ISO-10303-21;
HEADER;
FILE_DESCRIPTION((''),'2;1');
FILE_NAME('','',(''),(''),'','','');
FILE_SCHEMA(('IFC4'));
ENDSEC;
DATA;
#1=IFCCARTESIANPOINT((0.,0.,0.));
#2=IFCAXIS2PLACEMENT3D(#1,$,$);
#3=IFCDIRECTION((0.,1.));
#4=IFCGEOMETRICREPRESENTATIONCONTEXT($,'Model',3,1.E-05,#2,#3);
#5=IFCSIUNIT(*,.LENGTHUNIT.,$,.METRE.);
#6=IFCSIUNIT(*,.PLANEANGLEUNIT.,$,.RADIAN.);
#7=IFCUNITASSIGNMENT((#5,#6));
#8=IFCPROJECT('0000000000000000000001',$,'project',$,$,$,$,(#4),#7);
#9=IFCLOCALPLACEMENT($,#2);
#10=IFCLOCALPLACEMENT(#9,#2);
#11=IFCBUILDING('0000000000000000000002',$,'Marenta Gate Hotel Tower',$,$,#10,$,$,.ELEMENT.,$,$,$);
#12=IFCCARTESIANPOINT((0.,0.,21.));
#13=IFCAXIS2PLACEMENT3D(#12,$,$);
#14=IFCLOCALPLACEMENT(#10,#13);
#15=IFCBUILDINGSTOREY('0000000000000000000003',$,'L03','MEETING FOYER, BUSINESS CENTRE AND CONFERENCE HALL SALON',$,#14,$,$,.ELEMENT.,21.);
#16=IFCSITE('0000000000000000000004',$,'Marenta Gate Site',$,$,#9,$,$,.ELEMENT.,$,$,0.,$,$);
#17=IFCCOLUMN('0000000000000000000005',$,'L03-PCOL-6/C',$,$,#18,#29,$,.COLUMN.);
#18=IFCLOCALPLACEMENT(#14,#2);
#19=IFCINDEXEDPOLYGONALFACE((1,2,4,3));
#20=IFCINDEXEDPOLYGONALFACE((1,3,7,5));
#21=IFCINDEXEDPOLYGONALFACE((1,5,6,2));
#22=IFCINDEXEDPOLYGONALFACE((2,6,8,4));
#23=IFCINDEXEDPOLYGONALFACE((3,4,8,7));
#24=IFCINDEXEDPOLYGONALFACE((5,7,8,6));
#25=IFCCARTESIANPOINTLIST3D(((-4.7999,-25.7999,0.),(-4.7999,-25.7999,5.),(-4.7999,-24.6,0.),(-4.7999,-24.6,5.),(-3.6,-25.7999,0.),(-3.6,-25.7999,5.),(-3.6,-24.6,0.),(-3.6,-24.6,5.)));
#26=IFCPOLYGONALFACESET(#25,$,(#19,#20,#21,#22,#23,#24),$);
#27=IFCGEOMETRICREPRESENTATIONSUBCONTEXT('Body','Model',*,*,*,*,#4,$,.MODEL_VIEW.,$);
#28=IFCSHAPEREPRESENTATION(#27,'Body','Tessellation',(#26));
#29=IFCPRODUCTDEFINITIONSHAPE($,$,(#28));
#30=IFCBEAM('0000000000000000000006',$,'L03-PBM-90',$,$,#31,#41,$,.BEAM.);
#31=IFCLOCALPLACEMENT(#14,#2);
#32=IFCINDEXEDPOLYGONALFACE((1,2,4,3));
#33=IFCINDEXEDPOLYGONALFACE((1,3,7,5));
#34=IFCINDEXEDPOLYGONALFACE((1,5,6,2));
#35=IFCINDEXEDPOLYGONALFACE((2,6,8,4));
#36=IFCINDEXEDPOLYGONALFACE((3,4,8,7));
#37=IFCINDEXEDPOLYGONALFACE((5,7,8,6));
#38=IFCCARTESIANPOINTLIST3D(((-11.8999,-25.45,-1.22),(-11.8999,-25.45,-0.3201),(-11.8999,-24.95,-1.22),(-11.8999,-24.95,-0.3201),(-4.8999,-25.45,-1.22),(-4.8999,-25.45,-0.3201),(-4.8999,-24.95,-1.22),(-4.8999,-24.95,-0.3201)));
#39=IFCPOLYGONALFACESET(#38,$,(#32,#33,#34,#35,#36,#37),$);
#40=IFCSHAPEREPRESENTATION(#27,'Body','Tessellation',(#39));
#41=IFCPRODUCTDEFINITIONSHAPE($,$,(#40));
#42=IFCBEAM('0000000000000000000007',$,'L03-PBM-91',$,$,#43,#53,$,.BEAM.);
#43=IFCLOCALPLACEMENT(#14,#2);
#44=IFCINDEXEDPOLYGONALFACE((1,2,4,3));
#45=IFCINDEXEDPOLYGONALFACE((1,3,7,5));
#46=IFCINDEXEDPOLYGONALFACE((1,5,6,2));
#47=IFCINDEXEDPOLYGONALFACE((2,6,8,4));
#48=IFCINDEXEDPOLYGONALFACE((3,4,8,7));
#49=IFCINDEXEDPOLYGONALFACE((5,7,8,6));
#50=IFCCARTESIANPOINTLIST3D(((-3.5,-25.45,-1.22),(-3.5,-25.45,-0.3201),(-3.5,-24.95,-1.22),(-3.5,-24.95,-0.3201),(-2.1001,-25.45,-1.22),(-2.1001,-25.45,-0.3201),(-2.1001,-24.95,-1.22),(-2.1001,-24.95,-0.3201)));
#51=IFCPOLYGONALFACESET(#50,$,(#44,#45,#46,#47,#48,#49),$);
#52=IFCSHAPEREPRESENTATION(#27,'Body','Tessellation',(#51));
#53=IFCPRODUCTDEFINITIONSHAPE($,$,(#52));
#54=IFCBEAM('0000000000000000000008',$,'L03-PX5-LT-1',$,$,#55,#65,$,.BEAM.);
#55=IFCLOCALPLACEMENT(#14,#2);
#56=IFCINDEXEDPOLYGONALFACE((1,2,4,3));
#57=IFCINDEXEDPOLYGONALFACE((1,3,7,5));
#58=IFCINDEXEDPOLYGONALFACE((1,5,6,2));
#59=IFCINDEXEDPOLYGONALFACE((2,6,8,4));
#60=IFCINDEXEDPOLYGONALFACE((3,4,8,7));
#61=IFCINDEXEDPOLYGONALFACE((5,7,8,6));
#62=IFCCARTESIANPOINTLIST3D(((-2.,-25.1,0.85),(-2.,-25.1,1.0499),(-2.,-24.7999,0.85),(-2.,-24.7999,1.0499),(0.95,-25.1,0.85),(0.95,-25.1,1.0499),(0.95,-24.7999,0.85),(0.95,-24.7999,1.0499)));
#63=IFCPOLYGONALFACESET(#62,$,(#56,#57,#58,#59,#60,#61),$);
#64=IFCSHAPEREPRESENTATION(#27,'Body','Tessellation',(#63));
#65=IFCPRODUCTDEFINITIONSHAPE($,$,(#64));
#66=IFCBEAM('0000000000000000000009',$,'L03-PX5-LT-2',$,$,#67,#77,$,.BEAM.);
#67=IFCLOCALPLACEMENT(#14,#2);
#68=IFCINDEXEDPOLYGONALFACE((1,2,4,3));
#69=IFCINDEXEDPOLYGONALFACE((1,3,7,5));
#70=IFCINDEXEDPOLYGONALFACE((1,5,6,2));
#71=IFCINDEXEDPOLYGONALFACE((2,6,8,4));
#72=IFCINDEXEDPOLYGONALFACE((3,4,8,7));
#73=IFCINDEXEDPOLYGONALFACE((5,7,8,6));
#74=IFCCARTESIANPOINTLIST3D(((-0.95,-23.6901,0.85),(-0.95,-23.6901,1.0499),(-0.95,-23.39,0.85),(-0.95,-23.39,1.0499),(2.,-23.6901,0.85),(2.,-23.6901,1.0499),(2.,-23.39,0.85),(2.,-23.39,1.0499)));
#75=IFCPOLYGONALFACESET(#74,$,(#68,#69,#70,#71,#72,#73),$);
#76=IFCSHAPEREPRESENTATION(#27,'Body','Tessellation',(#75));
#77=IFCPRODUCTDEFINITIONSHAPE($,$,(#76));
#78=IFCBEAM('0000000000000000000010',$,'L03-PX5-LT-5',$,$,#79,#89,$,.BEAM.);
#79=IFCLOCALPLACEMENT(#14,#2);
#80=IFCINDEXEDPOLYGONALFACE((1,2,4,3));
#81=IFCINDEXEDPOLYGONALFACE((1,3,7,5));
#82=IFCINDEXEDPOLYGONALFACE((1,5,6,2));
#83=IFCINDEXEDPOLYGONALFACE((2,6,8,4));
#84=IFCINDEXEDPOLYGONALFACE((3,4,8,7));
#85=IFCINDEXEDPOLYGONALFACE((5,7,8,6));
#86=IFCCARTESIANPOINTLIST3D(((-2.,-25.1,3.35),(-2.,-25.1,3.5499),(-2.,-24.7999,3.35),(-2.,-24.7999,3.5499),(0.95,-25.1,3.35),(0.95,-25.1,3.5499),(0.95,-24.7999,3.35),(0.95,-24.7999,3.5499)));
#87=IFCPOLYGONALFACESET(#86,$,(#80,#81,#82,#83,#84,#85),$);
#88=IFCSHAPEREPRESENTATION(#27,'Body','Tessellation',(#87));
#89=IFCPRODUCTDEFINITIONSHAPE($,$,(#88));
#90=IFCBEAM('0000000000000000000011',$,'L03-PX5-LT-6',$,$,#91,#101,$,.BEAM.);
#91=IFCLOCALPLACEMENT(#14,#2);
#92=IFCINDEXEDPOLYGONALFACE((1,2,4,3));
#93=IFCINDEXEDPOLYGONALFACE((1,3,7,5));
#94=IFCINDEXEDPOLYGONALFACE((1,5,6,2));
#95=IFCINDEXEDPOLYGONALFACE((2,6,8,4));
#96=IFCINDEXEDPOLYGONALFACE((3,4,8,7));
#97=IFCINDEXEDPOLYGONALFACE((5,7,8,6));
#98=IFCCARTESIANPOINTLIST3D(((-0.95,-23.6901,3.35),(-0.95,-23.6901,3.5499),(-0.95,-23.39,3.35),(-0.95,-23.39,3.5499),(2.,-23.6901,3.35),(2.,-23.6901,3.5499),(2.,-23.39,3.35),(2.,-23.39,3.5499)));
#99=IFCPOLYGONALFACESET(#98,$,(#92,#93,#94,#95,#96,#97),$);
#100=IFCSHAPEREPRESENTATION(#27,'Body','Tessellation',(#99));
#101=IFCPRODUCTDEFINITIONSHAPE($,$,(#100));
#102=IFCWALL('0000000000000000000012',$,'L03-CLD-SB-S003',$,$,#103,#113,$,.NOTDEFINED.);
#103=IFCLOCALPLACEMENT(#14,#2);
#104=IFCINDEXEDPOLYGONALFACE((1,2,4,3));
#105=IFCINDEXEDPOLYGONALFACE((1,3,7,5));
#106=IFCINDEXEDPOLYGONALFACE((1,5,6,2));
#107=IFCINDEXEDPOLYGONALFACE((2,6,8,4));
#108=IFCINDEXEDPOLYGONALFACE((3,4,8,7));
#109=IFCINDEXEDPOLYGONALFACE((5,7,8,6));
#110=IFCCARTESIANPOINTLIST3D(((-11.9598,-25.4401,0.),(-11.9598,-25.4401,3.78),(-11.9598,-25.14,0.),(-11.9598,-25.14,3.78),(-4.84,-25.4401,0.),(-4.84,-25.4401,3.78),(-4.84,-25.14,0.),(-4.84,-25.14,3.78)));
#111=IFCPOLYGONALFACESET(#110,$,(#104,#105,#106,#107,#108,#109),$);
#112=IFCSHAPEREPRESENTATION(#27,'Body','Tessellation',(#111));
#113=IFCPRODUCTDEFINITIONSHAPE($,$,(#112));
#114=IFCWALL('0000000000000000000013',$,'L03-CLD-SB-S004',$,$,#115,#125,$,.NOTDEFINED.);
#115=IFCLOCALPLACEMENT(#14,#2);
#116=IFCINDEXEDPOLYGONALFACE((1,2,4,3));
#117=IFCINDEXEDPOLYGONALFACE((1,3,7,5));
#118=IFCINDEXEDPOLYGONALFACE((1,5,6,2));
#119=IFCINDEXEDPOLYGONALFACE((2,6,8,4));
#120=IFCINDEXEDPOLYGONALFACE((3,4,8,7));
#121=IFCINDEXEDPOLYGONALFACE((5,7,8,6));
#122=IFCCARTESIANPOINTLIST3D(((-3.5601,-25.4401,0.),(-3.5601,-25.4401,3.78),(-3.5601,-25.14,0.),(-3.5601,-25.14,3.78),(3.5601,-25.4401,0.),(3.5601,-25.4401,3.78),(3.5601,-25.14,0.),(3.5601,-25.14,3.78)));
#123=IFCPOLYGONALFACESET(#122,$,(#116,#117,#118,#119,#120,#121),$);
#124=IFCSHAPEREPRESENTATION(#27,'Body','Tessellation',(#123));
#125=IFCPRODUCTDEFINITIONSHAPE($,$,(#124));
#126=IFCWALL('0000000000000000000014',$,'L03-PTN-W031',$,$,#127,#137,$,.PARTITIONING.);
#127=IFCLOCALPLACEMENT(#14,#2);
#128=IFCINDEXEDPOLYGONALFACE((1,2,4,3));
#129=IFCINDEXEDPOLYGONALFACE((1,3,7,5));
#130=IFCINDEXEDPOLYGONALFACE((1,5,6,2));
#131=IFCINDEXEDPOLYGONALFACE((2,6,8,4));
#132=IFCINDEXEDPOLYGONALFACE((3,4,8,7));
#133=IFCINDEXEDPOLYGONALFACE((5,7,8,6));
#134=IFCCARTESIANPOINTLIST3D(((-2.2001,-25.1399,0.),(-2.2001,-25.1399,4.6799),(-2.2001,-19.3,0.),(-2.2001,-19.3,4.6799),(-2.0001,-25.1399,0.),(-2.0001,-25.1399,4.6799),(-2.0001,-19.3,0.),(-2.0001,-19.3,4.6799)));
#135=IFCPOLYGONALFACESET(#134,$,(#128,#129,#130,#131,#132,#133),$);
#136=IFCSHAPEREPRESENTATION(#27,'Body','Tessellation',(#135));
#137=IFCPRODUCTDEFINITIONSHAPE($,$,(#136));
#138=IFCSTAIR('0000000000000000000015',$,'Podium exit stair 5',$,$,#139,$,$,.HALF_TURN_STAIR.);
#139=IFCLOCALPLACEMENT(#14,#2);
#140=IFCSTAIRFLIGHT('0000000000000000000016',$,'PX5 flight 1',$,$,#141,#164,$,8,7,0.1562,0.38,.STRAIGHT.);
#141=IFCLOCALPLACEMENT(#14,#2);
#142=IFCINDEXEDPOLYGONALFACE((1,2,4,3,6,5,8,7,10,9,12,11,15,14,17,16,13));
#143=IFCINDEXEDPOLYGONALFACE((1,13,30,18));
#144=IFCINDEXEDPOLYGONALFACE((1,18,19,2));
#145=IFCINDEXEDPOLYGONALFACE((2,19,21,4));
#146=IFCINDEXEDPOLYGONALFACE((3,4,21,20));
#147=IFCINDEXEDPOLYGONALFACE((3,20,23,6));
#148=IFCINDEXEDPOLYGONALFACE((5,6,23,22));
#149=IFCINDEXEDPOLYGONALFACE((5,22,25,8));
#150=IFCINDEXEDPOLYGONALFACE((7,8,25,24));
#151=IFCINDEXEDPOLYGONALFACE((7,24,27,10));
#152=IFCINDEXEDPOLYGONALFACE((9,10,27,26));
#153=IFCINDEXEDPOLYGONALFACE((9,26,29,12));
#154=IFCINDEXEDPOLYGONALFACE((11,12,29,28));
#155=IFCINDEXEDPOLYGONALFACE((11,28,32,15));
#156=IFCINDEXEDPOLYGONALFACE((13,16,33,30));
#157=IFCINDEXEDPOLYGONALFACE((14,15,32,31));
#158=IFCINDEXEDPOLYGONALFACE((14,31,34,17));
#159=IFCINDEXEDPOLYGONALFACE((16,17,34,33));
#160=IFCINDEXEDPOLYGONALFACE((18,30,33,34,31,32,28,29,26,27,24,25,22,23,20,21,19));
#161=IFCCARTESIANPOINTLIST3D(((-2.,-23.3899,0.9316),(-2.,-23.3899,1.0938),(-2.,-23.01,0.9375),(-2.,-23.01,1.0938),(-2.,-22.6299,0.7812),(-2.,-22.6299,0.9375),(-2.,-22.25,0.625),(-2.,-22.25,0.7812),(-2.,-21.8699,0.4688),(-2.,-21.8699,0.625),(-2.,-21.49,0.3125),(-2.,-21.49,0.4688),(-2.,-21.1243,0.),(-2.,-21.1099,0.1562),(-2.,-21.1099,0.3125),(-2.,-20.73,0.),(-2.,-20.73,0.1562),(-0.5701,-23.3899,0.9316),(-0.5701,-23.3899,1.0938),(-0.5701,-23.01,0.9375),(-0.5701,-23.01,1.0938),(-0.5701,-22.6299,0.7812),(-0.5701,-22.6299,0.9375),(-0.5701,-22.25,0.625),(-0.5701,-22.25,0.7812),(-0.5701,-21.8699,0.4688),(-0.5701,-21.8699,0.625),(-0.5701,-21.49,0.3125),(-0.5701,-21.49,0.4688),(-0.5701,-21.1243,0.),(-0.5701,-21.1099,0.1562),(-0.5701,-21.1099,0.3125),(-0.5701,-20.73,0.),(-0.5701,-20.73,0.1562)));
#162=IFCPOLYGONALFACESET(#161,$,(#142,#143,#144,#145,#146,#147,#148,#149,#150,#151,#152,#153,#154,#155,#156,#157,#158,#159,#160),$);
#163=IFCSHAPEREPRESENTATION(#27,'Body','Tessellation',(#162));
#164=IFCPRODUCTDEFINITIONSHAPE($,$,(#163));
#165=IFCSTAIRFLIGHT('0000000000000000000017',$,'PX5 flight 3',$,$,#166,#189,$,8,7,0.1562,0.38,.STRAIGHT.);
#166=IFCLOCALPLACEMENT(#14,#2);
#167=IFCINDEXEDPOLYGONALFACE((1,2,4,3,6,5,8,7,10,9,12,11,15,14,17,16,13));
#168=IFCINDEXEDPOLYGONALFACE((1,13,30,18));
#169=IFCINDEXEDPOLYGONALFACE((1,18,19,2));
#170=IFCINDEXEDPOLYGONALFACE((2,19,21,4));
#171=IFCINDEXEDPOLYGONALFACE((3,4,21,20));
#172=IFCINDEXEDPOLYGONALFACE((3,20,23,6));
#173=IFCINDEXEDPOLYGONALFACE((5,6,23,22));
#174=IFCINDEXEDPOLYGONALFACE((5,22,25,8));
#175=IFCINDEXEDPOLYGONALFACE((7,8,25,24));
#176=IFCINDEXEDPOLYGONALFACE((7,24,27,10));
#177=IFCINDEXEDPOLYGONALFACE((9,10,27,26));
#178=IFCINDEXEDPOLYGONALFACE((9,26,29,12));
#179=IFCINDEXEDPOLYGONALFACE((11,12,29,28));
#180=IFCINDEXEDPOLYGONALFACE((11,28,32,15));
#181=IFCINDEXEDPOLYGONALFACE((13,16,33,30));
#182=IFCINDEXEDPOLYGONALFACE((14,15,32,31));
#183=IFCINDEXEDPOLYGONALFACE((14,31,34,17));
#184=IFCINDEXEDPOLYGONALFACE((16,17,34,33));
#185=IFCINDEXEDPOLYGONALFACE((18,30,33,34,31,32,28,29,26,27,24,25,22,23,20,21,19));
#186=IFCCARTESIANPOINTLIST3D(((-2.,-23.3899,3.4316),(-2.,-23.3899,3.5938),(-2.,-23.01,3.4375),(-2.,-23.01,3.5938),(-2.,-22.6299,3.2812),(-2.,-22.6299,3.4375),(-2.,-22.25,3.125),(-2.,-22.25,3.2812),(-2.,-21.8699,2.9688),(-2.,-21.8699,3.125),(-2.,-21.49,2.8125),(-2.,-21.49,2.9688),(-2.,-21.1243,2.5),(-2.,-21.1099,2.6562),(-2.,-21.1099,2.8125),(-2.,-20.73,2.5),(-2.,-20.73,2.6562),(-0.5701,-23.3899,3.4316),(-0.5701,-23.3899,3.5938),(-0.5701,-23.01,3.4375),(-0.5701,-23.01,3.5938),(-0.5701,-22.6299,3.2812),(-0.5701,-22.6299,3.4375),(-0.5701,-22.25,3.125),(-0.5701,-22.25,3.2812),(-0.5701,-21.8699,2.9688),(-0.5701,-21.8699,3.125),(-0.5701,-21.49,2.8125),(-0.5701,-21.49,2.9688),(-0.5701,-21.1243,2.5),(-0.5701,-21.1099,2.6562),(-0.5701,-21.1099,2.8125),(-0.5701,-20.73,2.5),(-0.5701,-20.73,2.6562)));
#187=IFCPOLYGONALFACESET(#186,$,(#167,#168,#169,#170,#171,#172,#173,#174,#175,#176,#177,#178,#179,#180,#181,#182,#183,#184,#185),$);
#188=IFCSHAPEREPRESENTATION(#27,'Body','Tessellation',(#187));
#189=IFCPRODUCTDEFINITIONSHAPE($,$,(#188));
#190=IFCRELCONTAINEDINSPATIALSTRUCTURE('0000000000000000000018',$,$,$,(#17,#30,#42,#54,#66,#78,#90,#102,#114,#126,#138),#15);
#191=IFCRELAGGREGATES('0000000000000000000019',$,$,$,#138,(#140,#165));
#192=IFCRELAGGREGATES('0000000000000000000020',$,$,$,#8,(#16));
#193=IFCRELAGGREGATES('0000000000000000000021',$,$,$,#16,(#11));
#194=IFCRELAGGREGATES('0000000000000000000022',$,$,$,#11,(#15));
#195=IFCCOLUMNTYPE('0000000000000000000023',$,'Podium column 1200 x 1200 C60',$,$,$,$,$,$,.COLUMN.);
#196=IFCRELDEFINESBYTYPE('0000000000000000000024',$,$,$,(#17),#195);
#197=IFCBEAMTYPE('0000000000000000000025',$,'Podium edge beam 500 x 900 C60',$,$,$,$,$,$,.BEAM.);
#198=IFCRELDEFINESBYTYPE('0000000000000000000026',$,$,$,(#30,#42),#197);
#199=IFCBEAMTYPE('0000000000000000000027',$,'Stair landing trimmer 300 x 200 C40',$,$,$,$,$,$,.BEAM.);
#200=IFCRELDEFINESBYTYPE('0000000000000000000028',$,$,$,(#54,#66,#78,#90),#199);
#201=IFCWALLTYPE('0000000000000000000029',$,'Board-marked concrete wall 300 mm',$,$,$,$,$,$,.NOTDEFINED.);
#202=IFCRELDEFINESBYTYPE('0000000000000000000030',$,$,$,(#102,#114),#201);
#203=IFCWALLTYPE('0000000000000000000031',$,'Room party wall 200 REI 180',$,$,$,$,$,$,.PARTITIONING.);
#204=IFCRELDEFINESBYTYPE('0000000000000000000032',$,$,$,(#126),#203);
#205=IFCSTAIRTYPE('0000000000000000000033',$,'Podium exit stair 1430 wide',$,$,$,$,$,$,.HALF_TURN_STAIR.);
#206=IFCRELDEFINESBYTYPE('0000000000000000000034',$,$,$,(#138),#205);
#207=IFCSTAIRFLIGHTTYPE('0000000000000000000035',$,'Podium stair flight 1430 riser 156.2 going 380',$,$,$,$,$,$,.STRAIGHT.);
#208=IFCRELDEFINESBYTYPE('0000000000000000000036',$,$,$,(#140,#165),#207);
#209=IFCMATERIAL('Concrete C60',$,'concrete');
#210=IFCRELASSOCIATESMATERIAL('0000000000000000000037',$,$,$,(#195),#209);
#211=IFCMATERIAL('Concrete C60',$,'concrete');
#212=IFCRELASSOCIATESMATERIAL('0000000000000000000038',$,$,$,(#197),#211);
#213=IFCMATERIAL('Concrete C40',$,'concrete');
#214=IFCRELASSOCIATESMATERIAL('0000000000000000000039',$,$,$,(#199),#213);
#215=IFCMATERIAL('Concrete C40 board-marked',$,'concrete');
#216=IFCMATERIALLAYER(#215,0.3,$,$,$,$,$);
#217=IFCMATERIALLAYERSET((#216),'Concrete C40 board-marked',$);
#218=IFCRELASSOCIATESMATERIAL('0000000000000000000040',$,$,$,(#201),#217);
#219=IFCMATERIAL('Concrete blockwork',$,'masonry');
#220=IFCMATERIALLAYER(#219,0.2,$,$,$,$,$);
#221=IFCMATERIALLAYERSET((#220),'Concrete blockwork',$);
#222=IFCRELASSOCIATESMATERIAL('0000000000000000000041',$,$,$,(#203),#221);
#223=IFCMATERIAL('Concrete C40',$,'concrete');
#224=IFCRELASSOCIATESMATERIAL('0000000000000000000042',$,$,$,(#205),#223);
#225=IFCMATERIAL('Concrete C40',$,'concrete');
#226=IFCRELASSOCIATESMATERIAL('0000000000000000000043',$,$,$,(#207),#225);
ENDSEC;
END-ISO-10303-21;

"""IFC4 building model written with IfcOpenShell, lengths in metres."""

from ifc_helpers import new_model, si_unit, direction, frame, frame_2d, origin, origin_2d, place, context, subcontext, project, spatial, polyline, rectangle, outline, extrude, material, layer, layer_set, material_profile, profile_set, type_object, element, aggregate, save


model = new_model("IFC4")

# Units and contexts
model_context = context("Model", 3, precision=1e-05, world=origin(), true_north=direction((0.0, 1.0)))
body_context = subcontext(model_context, "Body", "Model", "MODEL_VIEW")
ifc_project = project(units=[si_unit("LENGTHUNIT", "METRE"), si_unit("PLANEANGLEUNIT", "RADIAN")], contexts=[model_context])

# Site, building, storey
site_placement = place(None, origin())
site = spatial("IfcSite", under=ifc_project, at=site_placement, Name="Marenta Gate Site", CompositionType="ELEMENT", RefElevation=0.0)
building_placement = place(site_placement, origin())
building = spatial("IfcBuilding", under=site, at=building_placement, Name="Marenta Gate Hotel Tower", CompositionType="ELEMENT")
storey_placement = place(building_placement, frame((0.0, 0.0, 21.0)))
storey = spatial("IfcBuildingStorey", under=building, at=storey_placement, Name="L03", Description="MEETING FOYER, BUSINESS CENTRE AND CONFERENCE HALL SALON", CompositionType="ELEMENT", Elevation=21.0)

# Column
ifc_material_1 = material(Name="Concrete C60", Category="concrete")
ifc_material_profile_1 = material_profile(ifc_material_1, rectangle(XDim=1.2, YDim=1.2, at=origin_2d()), Name="1200 x 1200")
ifc_profile_set_1 = profile_set([ifc_material_profile_1], Name="Concrete C60")
column_type = type_object("IfcColumnType", Name="Podium column 1200 x 1200 C60", PredefinedType="COLUMN", material=ifc_profile_set_1)
column_placement = place(storey_placement, frame((-4.2, -25.2, 0.0), z_axis=(0.0, 0.0, 1.0), x_axis=(1.0, 0.0, 0.0)))
element("IfcColumn", 1, at=column_placement, inside=storey, type_object=column_type, Name="L03-PCOL-6/C", PredefinedType="COLUMN", context=body_context, shape_type="SweptSolid", body=[
    extrude(rectangle(XDim=1.2, YDim=1.2, at=origin_2d()), origin(), (0.0, 0.0, 1.0), 5.0),
])

# Beams
ifc_material_2 = material(Name="Concrete C60", Category="concrete")
ifc_material_profile_2 = material_profile(ifc_material_2, rectangle(XDim=0.5, YDim=0.8999, at=origin_2d()), Name="500 x 900")
ifc_profile_set_2 = profile_set([ifc_material_profile_2], Name="Concrete C60")
beam_type_1 = type_object("IfcBeamType", Name="Podium edge beam 500 x 900 C60", PredefinedType="BEAM", material=ifc_profile_set_2)
beam_1_placement = place(storey_placement, frame((-11.8999, -25.2, -0.77), z_axis=(1.0, 0.0, 0.0), x_axis=(0.0, 1.0, 0.0)))
element("IfcBeam", 2, at=beam_1_placement, inside=storey, type_object=beam_type_1, Name="L03-PBM-90", PredefinedType="BEAM", context=body_context, shape_type="SweptSolid", body=[
    extrude(rectangle(XDim=0.5, YDim=0.8999, at=origin_2d()), origin(), (0.0, 0.0, 1.0), 7.0),
])
beam_2_placement = place(storey_placement, frame((-3.5, -25.2, -0.77), z_axis=(1.0, 0.0, 0.0), x_axis=(0.0, 1.0, 0.0)))
element("IfcBeam", 3, at=beam_2_placement, inside=storey, type_object=beam_type_1, Name="L03-PBM-91", PredefinedType="BEAM", context=body_context, shape_type="SweptSolid", body=[
    extrude(rectangle(XDim=0.5, YDim=0.8999, at=origin_2d()), origin(), (0.0, 0.0, 1.0), 1.3999),
])
ifc_material_3 = material(Name="Concrete C40", Category="concrete")
ifc_material_profile_3 = material_profile(ifc_material_3, rectangle(XDim=0.3, YDim=0.2, at=origin_2d()), Name="300 x 200")
ifc_profile_set_3 = profile_set([ifc_material_profile_3], Name="Concrete C40")
beam_type_2 = type_object("IfcBeamType", Name="Stair landing trimmer 300 x 200 C40", PredefinedType="BEAM", material=ifc_profile_set_3)
for number, where, z_axis, x_axis, name in (
    (4, (-2.0, -24.95, 0.95), (1.0, 0.0, 0.0), (0.0, 1.0, 0.0), "L03-PX5-LT-1"),
    (5, (-0.95, -23.54, 0.95), (1.0, 0.0, 0.0), (0.0, 1.0, 0.0), "L03-PX5-LT-2"),
    (6, (-2.0, -24.95, 3.45), (1.0, 0.0, 0.0), (0.0, 1.0, 0.0), "L03-PX5-LT-5"),
    (7, (-0.95, -23.54, 3.45), (1.0, 0.0, 0.0), (0.0, 1.0, 0.0), "L03-PX5-LT-6"),
):
    element("IfcBeam", number, at=place(storey_placement, frame(where, z_axis=z_axis, x_axis=x_axis)), inside=storey, type_object=beam_type_2, Name=name, PredefinedType="BEAM", context=body_context, shape_type="SweptSolid", body=[
        extrude(rectangle(XDim=0.3, YDim=0.2, at=origin_2d()), origin(), (0.0, 0.0, 1.0), 2.95),
    ])

# Walls
ifc_material_4 = material(Name="Concrete C40 board-marked", Category="concrete")
ifc_layer_1 = layer(ifc_material_4, 0.3)
ifc_layer_set_1 = layer_set([ifc_layer_1], Name="Concrete C40 board-marked")
wall_type_1 = type_object("IfcWallType", Name="Board-marked concrete wall 300 mm", PredefinedType="NOTDEFINED", material=ifc_layer_set_1)
wall_1_placement = place(storey_placement, frame((-11.96, -25.29, 0.0), z_axis=(0.0, 0.0, 1.0), x_axis=(1.0, 0.0, 0.0)))
element("IfcWall", 8, at=wall_1_placement, inside=storey, type_object=wall_type_1, Name="L03-CLD-SB-S003", PredefinedType="NOTDEFINED", context=body_context, shape_type="SweptSolid", body=[
    extrude(rectangle(XDim=7.1199, YDim=0.3, at=frame_2d((3.5601, 0.0))), origin(), (0.0, 0.0, 1.0), 3.78),
])
wall_2_placement = place(storey_placement, frame((-3.5601, -25.29, 0.0), z_axis=(0.0, 0.0, 1.0), x_axis=(1.0, 0.0, 0.0)))
element("IfcWall", 9, at=wall_2_placement, inside=storey, type_object=wall_type_1, Name="L03-CLD-SB-S004", PredefinedType="NOTDEFINED", context=body_context, shape_type="SweptSolid", body=[
    extrude(rectangle(XDim=7.1201, YDim=0.3, at=frame_2d((3.5601, 0.0))), origin(), (0.0, 0.0, 1.0), 3.78),
])
ifc_material_5 = material(Name="Concrete blockwork", Category="masonry")
ifc_layer_2 = layer(ifc_material_5, 0.2)
ifc_layer_set_2 = layer_set([ifc_layer_2], Name="Concrete blockwork")
wall_type_2 = type_object("IfcWallType", Name="Room party wall 200 REI 180", PredefinedType="PARTITIONING", material=ifc_layer_set_2)
wall_3_placement = place(storey_placement, frame((-2.1001, -25.1399, 0.0), z_axis=(0.0, 0.0, 1.0), x_axis=(0.0, 1.0, 0.0)))
element("IfcWall", 10, at=wall_3_placement, inside=storey, type_object=wall_type_2, Name="L03-PTN-W031", PredefinedType="PARTITIONING", context=body_context, shape_type="SweptSolid", body=[
    extrude(rectangle(XDim=5.8398, YDim=0.2, at=frame_2d((2.9199, 0.0))), origin(), (0.0, 0.0, 1.0), 4.6799),
])

# Stair, stair flights
ifc_material_6 = material(Name="Concrete C40", Category="concrete")
stair_type = type_object("IfcStairType", Name="Podium exit stair 1430 wide", PredefinedType="HALF_TURN_STAIR", material=ifc_material_6)
stair_placement = place(storey_placement, origin())
stair = element("IfcStair", 11, at=stair_placement, inside=storey, type_object=stair_type, Name="Podium exit stair 5", PredefinedType="HALF_TURN_STAIR")
ifc_material_7 = material(Name="Concrete C40", Category="concrete")
stair_flight_type = type_object("IfcStairFlightType", Name="Podium stair flight 1430 riser 156.2 going 380", PredefinedType="STRAIGHT", material=ifc_material_7)
stair_flight_1_placement = place(storey_placement, frame((-1.2849, -20.73, 0.0), z_axis=(0.0, 0.0, 1.0), x_axis=(0.0, -1.0, 0.0)))
stair_flight_1 = element("IfcStairFlight", 12, at=stair_flight_1_placement, type_object=stair_flight_type, Name="PX5 flight 1", NumberOfRisers=8, NumberOfTreads=7, PredefinedType="STRAIGHT", RiserHeight=0.1562, TreadLength=0.38, context=body_context, shape_type="SweptSolid", body=[
    extrude(outline(polyline([(0.0, 0.0), (0.0, 0.1562), (0.3799, 0.1562), (0.3799, 0.3125), (0.76, 0.3125), (0.76, 0.4688), (1.1399, 0.4688), (1.1399, 0.625), (1.52, 0.625), (1.52, 0.7812), (1.8999, 0.7812), (1.8999, 0.9375), (2.28, 0.9375), (2.28, 1.0938), (2.6599, 1.0938), (2.6599, 1.25), (2.6599, 0.9316), (0.3943, 0.0), (0.0, 0.0)])), frame((0.0, 0.7148, 0.0), z_axis=(0.0, -1.0, 0.0), x_axis=(1.0, 0.0, 0.0)), (0.0, 0.0, 1.0), 1.4299),
])
stair_flight_2_placement = place(storey_placement, frame((-1.2849, -20.73, 2.5), z_axis=(0.0, 0.0, 1.0), x_axis=(0.0, -1.0, 0.0)))
stair_flight_2 = element("IfcStairFlight", 13, at=stair_flight_2_placement, type_object=stair_flight_type, Name="PX5 flight 3", NumberOfRisers=8, NumberOfTreads=7, PredefinedType="STRAIGHT", RiserHeight=0.1562, TreadLength=0.38, context=body_context, shape_type="SweptSolid", body=[
    extrude(outline(polyline([(0.0, 0.0), (0.0, 0.1562), (0.3799, 0.1562), (0.3799, 0.3125), (0.76, 0.3125), (0.76, 0.4688), (1.1399, 0.4688), (1.1399, 0.625), (1.52, 0.625), (1.52, 0.7812), (1.8999, 0.7812), (1.8999, 0.9375), (2.28, 0.9375), (2.28, 1.0938), (2.6599, 1.0938), (2.6599, 1.25), (2.6599, 0.9316), (0.3943, 0.0), (0.0, 0.0)])), frame((0.0, 0.7148, 0.0), z_axis=(0.0, -1.0, 0.0), x_axis=(1.0, 0.0, 0.0)), (0.0, 0.0, 1.0), 1.4299),
])
aggregate(stair, [stair_flight_1, stair_flight_2])

save(model, "model.ifc")
